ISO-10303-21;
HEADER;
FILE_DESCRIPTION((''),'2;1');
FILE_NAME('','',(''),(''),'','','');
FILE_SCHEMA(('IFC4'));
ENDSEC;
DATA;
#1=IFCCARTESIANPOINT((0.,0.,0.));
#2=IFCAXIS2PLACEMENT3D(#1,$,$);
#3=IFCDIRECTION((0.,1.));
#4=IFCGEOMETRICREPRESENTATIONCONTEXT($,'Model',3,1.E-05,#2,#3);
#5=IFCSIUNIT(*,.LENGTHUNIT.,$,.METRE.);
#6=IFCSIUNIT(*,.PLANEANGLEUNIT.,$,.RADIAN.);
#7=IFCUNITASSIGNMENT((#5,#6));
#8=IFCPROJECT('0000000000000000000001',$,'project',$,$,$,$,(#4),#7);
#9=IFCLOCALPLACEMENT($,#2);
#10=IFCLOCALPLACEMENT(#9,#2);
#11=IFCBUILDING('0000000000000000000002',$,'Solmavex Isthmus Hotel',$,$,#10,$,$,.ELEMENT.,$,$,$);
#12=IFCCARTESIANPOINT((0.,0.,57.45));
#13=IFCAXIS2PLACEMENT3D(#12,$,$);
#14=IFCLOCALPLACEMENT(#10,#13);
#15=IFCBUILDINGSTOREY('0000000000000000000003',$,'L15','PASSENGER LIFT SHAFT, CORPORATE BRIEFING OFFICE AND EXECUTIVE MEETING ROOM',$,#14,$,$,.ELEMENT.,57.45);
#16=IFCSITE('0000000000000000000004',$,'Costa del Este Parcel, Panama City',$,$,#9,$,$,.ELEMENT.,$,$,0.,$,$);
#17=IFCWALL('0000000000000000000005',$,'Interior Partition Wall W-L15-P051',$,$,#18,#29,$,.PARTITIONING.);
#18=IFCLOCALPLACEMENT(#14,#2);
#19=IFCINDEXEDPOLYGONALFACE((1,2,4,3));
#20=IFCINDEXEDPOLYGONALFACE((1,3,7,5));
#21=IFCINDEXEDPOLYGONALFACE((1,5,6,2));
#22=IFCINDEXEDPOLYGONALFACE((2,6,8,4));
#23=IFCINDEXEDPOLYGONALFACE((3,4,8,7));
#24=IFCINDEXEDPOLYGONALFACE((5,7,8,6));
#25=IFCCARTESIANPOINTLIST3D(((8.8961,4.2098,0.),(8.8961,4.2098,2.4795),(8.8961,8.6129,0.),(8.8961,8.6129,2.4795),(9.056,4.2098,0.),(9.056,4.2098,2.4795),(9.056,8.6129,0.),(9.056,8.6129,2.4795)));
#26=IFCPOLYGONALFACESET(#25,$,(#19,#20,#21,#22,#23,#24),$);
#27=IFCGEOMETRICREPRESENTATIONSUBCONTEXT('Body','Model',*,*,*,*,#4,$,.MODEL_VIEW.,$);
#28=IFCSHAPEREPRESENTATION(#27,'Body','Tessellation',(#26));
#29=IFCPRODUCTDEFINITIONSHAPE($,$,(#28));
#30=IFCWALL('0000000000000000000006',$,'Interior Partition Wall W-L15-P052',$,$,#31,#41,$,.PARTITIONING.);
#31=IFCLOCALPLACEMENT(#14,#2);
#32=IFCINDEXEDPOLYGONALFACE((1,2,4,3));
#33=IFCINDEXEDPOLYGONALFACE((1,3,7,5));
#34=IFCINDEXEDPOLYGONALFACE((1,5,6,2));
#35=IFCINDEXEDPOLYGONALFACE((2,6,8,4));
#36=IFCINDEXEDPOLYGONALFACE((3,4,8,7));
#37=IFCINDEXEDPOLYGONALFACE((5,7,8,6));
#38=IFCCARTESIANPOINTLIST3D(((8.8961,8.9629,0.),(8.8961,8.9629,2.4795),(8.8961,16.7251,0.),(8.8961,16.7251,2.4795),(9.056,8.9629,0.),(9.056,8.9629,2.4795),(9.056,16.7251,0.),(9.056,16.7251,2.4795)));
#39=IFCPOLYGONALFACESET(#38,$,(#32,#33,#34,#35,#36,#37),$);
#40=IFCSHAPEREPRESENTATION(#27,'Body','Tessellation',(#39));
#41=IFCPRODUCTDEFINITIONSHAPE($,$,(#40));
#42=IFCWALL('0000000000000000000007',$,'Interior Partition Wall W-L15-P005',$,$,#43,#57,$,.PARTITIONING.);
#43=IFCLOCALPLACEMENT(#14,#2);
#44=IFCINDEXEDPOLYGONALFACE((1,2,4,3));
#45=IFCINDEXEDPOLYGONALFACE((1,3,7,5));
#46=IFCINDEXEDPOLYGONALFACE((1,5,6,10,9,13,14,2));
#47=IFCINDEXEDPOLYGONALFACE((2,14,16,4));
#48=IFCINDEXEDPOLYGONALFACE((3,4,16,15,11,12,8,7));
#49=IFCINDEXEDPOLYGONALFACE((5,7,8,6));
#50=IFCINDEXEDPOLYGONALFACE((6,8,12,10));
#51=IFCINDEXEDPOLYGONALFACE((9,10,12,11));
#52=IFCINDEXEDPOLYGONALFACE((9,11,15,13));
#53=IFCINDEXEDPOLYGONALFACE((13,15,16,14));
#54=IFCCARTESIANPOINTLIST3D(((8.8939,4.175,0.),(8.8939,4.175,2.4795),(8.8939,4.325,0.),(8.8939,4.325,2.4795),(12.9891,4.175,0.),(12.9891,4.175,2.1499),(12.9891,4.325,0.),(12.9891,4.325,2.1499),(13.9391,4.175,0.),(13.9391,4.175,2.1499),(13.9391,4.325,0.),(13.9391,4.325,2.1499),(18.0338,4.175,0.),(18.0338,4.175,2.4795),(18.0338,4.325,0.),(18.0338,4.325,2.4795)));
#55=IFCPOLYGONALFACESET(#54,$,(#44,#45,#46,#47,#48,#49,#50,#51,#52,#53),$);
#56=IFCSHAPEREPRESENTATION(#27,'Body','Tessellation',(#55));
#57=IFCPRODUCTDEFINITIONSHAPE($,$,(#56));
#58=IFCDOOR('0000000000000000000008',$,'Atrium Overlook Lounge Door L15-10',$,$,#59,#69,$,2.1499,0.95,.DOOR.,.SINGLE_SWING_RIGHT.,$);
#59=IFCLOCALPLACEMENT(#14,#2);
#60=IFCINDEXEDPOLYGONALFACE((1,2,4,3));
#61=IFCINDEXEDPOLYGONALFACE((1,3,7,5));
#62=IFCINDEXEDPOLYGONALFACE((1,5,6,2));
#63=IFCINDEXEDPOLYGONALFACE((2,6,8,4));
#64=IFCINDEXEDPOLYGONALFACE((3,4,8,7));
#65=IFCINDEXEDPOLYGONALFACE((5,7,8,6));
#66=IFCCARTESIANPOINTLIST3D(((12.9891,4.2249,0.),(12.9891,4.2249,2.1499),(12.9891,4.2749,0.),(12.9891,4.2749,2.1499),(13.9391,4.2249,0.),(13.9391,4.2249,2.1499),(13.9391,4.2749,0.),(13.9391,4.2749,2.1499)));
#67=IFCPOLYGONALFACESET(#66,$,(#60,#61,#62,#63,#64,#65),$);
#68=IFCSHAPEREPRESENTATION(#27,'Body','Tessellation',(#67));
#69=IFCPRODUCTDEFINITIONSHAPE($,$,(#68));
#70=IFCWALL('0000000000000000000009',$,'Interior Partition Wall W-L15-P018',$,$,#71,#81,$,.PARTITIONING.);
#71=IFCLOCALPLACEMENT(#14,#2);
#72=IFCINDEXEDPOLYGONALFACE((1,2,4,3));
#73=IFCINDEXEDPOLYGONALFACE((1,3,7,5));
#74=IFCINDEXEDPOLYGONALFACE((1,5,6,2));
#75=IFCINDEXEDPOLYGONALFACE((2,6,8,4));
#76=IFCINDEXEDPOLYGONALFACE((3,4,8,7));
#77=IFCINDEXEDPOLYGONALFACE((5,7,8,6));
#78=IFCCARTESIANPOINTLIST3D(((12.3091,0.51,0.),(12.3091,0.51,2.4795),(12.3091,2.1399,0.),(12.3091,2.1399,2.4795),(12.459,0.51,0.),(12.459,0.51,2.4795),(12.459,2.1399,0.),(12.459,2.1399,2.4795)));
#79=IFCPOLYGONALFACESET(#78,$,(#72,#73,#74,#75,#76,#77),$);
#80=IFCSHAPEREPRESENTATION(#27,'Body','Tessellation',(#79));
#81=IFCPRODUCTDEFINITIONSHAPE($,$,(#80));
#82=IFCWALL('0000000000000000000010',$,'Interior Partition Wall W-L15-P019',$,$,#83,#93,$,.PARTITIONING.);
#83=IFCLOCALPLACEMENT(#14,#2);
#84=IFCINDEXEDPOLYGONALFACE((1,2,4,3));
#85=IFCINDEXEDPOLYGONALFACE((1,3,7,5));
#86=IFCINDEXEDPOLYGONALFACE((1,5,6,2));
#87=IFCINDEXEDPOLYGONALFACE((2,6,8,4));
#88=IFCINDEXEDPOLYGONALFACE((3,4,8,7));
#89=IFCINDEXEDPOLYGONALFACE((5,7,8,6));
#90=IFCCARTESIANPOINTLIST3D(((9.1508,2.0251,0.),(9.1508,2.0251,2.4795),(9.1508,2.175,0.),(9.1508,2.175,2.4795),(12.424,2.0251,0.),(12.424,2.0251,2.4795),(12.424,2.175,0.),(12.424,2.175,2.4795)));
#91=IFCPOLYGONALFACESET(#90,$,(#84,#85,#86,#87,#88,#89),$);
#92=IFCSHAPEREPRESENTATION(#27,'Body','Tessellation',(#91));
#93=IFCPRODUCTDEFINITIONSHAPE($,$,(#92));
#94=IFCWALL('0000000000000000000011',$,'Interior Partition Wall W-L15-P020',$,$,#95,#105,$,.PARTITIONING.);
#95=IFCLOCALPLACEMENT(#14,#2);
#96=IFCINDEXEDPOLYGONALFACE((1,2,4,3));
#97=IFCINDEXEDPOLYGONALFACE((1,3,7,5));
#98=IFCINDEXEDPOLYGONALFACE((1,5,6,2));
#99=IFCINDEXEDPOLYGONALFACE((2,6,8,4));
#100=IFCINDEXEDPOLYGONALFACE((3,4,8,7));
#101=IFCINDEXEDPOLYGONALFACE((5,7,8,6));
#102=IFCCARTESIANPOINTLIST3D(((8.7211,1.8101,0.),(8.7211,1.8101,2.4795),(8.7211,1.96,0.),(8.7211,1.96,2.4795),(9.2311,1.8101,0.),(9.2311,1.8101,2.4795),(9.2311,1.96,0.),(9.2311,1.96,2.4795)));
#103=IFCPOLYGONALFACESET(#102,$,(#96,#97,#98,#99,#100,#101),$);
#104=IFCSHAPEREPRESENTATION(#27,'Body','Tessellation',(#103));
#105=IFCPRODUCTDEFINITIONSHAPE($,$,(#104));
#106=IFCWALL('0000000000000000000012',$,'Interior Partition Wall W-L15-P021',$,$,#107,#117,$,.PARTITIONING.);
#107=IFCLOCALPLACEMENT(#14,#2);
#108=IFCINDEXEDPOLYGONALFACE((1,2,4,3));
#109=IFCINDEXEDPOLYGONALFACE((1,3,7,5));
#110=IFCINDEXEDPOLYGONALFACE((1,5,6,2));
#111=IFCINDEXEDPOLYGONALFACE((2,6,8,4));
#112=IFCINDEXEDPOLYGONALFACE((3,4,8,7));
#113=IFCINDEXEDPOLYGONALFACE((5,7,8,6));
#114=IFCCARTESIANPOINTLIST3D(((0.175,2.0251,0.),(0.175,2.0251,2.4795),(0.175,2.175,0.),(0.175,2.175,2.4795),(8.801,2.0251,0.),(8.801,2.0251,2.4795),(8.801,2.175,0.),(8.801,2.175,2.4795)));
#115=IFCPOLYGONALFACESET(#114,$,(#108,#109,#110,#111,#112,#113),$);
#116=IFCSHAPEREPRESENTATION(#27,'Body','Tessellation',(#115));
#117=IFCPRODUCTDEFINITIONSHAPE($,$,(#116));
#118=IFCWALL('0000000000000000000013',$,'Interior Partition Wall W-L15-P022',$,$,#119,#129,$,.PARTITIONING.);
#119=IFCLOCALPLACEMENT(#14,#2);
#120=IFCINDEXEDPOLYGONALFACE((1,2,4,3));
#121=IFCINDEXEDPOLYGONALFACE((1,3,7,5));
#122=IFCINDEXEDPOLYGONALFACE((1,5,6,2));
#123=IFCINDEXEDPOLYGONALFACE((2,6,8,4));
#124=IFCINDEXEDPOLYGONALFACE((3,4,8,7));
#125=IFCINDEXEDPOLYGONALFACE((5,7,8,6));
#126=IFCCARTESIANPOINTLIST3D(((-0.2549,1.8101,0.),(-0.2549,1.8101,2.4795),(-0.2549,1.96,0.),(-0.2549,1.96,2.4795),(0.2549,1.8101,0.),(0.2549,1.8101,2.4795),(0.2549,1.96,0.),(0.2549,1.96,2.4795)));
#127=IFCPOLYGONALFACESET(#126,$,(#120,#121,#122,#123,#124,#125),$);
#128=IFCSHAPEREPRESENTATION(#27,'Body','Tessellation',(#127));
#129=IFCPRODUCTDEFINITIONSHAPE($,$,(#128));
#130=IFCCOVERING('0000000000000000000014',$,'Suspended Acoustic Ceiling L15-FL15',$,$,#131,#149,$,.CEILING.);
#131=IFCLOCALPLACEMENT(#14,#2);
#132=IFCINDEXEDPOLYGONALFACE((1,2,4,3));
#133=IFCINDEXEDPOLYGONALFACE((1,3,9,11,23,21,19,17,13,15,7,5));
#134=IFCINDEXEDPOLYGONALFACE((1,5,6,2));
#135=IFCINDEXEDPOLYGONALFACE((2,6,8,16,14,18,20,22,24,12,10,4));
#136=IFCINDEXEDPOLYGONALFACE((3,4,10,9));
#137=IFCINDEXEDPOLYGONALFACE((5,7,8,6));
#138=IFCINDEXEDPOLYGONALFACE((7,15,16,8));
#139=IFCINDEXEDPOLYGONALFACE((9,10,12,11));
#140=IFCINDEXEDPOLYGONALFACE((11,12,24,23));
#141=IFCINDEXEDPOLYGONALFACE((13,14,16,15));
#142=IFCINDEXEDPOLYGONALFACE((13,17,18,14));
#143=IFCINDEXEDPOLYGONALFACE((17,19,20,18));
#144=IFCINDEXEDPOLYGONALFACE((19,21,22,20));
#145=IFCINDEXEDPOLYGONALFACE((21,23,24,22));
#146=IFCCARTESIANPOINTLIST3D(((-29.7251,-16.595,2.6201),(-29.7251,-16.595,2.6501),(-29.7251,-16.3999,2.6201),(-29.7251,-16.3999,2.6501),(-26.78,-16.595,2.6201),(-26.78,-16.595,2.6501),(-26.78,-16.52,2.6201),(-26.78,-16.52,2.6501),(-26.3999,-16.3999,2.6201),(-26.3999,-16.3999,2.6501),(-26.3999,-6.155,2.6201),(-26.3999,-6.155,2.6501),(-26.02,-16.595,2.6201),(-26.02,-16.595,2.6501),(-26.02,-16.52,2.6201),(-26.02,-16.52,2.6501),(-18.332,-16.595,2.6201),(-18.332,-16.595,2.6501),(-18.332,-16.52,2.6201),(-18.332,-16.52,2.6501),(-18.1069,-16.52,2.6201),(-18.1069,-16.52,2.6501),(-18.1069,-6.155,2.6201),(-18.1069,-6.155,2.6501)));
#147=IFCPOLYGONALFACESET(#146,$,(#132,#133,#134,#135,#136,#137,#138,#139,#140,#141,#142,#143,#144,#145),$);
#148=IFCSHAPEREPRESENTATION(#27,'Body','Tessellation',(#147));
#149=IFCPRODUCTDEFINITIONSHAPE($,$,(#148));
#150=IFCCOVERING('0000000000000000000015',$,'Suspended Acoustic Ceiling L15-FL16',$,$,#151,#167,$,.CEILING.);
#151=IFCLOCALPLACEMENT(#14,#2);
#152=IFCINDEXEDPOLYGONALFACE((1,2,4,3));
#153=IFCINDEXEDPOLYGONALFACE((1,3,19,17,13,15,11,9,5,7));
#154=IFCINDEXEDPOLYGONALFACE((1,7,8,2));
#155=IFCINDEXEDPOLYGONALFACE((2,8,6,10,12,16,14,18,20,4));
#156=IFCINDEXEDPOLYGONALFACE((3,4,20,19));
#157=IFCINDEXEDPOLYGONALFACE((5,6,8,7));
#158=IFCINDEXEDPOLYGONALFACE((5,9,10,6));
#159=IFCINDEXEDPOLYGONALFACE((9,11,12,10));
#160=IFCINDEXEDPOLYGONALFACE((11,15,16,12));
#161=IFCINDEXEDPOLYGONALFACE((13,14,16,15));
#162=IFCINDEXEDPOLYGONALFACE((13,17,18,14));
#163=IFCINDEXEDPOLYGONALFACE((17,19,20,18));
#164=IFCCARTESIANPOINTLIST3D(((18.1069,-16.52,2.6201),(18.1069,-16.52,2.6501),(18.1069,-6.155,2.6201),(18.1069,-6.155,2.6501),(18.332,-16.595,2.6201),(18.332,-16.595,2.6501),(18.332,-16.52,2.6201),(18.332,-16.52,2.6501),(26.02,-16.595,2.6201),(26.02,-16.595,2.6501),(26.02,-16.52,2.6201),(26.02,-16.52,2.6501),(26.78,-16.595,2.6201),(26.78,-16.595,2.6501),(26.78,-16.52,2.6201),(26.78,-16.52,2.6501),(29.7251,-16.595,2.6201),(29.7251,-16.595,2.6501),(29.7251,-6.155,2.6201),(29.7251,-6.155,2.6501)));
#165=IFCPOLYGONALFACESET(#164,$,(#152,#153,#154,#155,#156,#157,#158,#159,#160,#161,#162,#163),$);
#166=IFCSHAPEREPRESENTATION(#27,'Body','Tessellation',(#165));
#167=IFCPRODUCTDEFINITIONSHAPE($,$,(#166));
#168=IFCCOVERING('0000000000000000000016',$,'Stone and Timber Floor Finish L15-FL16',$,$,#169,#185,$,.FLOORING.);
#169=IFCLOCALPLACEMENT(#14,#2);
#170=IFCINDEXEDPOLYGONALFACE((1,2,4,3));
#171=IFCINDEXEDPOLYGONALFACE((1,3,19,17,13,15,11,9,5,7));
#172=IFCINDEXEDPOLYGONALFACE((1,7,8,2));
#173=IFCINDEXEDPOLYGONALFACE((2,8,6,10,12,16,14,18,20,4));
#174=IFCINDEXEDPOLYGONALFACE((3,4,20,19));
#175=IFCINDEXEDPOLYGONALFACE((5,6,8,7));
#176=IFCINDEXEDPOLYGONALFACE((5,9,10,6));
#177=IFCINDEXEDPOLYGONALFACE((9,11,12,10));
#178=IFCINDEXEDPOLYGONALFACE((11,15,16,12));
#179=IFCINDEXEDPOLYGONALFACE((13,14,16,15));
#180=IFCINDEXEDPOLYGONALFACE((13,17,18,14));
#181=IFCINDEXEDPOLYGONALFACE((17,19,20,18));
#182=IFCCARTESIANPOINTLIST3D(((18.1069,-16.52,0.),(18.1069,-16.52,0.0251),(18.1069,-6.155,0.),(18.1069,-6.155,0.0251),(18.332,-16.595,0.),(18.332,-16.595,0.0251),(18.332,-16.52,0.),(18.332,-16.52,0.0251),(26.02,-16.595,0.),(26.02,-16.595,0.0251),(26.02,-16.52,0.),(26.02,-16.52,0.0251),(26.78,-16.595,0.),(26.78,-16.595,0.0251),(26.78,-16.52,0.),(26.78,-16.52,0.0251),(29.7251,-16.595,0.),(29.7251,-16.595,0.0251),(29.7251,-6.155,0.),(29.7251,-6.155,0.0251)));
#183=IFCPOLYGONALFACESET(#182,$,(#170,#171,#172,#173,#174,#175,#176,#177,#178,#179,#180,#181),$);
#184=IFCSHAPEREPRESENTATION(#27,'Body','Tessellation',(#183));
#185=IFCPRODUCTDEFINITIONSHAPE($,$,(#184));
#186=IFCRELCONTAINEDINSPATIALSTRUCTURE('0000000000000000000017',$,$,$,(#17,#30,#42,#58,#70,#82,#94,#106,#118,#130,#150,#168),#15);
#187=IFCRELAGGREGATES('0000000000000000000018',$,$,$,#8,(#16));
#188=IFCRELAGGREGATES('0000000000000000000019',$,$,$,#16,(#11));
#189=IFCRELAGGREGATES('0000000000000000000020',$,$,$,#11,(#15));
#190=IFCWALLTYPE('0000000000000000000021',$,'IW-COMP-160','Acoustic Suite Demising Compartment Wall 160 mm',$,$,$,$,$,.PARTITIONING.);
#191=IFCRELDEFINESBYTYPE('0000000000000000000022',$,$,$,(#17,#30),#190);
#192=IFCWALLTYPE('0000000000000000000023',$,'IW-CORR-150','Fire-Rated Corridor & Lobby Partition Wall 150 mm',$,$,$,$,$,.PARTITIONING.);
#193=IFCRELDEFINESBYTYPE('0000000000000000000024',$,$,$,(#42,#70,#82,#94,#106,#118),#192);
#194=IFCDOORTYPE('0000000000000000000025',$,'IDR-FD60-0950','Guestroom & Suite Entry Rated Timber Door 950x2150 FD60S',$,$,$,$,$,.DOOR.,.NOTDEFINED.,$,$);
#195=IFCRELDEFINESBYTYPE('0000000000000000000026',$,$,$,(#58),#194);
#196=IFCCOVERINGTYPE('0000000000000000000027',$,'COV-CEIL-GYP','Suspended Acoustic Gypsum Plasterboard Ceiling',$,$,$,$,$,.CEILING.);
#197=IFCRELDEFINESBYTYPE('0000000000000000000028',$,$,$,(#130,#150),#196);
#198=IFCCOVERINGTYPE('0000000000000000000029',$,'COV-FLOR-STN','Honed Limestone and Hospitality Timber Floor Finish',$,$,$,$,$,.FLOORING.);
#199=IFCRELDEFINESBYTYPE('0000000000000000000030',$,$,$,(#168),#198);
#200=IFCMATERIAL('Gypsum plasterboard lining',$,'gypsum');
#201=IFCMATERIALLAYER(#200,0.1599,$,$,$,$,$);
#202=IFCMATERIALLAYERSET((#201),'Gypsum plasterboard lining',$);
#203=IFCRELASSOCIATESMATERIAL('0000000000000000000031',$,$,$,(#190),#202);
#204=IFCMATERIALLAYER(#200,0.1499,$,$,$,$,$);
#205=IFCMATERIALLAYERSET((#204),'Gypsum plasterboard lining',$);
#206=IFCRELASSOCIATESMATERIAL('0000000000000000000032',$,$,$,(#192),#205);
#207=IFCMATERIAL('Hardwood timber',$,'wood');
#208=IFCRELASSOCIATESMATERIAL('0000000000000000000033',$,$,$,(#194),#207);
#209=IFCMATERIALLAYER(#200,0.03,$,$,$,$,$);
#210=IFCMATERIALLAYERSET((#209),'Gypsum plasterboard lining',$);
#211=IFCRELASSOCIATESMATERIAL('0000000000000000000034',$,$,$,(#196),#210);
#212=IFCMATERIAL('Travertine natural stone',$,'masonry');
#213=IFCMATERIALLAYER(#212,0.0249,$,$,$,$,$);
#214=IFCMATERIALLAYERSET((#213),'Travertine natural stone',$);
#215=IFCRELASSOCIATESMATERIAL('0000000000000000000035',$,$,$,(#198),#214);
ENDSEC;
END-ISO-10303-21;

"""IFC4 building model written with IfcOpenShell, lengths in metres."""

from ifc_helpers import new_model, si_unit, direction, frame, frame_2d, origin, place, context, subcontext, project, spatial, polyline, rectangle, outline, extrude, material, layer, layer_set, type_object, element, fill, save


model = new_model("IFC4")

# Units and contexts
model_context = context("Model", 3, precision=1e-05, world=origin(), true_north=direction((0.0, 1.0)))
body_context = subcontext(model_context, "Body", "Model", "MODEL_VIEW")
ifc_project = project(units=[si_unit("LENGTHUNIT", "METRE"), si_unit("PLANEANGLEUNIT", "RADIAN")], contexts=[model_context])

# Site, building, storey
site_placement = place(None, origin())
site = spatial("IfcSite", under=ifc_project, at=site_placement, Name="Costa del Este Parcel, Panama City", CompositionType="ELEMENT", RefElevation=0.0)
building_placement = place(site_placement, origin())
building = spatial("IfcBuilding", under=site, at=building_placement, Name="Solmavex Isthmus Hotel", CompositionType="ELEMENT")
storey_placement = place(building_placement, frame((0.0, 0.0, 57.45)))
storey = spatial("IfcBuildingStorey", under=building, at=storey_placement, Name="L15", Description="PASSENGER LIFT SHAFT, CORPORATE BRIEFING OFFICE AND EXECUTIVE MEETING ROOM", CompositionType="ELEMENT", Elevation=57.45)

# Walls
ifc_material_1 = material(Name="Gypsum plasterboard lining", Category="gypsum")
ifc_layer_1 = layer(ifc_material_1, 0.1599)
ifc_layer_set_1 = layer_set([ifc_layer_1], Name="Gypsum plasterboard lining")
wall_type_1 = type_object("IfcWallType", Name="IW-COMP-160", Description="Acoustic Suite Demising Compartment Wall 160 mm", PredefinedType="PARTITIONING", material=ifc_layer_set_1)
wall_1_placement = place(storey_placement, frame((8.9761, 8.613, 0.0), z_axis=(0.0, 0.0, 1.0), x_axis=(0.0, -1.0, 0.0)))
element("IfcWall", 1, at=wall_1_placement, inside=storey, type_object=wall_type_1, Name="Interior Partition Wall W-L15-P051", PredefinedType="PARTITIONING", context=body_context, shape_type="SweptSolid", body=[
    extrude(rectangle(XDim=4.4031, YDim=0.1599, at=frame_2d((2.2017, 0.0))), origin(), (0.0, 0.0, 1.0), 2.4795),
])
wall_2_placement = place(storey_placement, frame((8.9761, 16.7251, 0.0), z_axis=(0.0, 0.0, 1.0), x_axis=(0.0, -1.0, 0.0)))
element("IfcWall", 2, at=wall_2_placement, inside=storey, type_object=wall_type_1, Name="Interior Partition Wall W-L15-P052", PredefinedType="PARTITIONING", context=body_context, shape_type="SweptSolid", body=[
    extrude(rectangle(XDim=7.7622, YDim=0.1599, at=frame_2d((3.8811, 0.0))), origin(), (0.0, 0.0, 1.0), 2.4795),
])

# Wall, opening, door
ifc_layer_2 = layer(ifc_material_1, 0.1499)
ifc_layer_set_2 = layer_set([ifc_layer_2], Name="Gypsum plasterboard lining")
wall_type_2 = type_object("IfcWallType", Name="IW-CORR-150", Description="Fire-Rated Corridor & Lobby Partition Wall 150 mm", PredefinedType="PARTITIONING", material=ifc_layer_set_2)
wall_3_placement = place(storey_placement, frame((8.894, 4.25, 0.0), z_axis=(0.0, 0.0, 1.0), x_axis=(1.0, 0.0, 0.0)))
wall_3 = element("IfcWall", 3, at=wall_3_placement, inside=storey, type_object=wall_type_2, Name="Interior Partition Wall W-L15-P005", PredefinedType="PARTITIONING", context=body_context, shape_type="SweptSolid", body=[
    extrude(rectangle(XDim=9.1399, YDim=0.1499, at=frame_2d((4.5698, 0.0))), origin(), (0.0, 0.0, 1.0), 2.4795),
])
opening_1_placement = place(wall_3_placement, frame((4.095, 0.0, 0.0)))
opening_1 = element("IfcOpeningElement", 4, at=opening_1_placement, cuts=wall_3, PredefinedType="OPENING", context=body_context, shape_type="SweptSolid", body=[
    extrude(rectangle(XDim=0.95, YDim=2.1499, at=frame_2d((0.4751, 1.075))), frame((0.0, 0.085, 0.0), z_axis=(0.0, -1.0, 0.0), x_axis=(1.0, 0.0, 0.0)), (0.0, 0.0, 1.0), 0.1699),
])
ifc_material_2 = material(Name="Hardwood timber", Category="wood")
door_type = type_object("IfcDoorType", Name="IDR-FD60-0950", Description="Guestroom & Suite Entry Rated Timber Door 950x2150 FD60S", OperationType="NOTDEFINED", PredefinedType="DOOR", material=ifc_material_2)
door_1_placement = place(opening_1_placement, origin())
door_1 = element("IfcDoor", 5, at=door_1_placement, inside=storey, type_object=door_type, Name="Atrium Overlook Lounge Door L15-10", OperationType="SINGLE_SWING_RIGHT", OverallHeight=2.1499, OverallWidth=0.95, PredefinedType="DOOR", context=body_context, shape_type="SweptSolid", body=[
    extrude(rectangle(XDim=0.95, YDim=2.1499, at=frame_2d((0.4751, 1.075))), frame((0.0, 0.0249, 0.0), z_axis=(0.0, -1.0, 0.0), x_axis=(1.0, 0.0, 0.0)), (0.0, 0.0, 1.0), 0.05),
])
fill(opening_1, door_1)

# Walls
wall_4_placement = place(storey_placement, frame((12.384, 0.51, 0.0), z_axis=(0.0, 0.0, 1.0), x_axis=(0.0, 1.0, 0.0)))
element("IfcWall", 6, at=wall_4_placement, inside=storey, type_object=wall_type_2, Name="Interior Partition Wall W-L15-P018", PredefinedType="PARTITIONING", context=body_context, shape_type="SweptSolid", body=[
    extrude(rectangle(XDim=1.6299, YDim=0.1499, at=frame_2d((0.8149, 0.0))), origin(), (0.0, 0.0, 1.0), 2.4795),
])
wall_5_placement = place(storey_placement, frame((12.4241, 2.1001, 0.0), z_axis=(0.0, 0.0, 1.0), x_axis=(-1.0, 0.0, 0.0)))
element("IfcWall", 7, at=wall_5_placement, inside=storey, type_object=wall_type_2, Name="Interior Partition Wall W-L15-P019", PredefinedType="PARTITIONING", context=body_context, shape_type="SweptSolid", body=[
    extrude(rectangle(XDim=3.2732, YDim=0.1499, at=frame_2d((1.6367, 0.0))), origin(), (0.0, 0.0, 1.0), 2.4795),
])
wall_6_placement = place(storey_placement, frame((9.231, 1.885, 0.0), z_axis=(0.0, 0.0, 1.0), x_axis=(-1.0, 0.0, 0.0)))
element("IfcWall", 8, at=wall_6_placement, inside=storey, type_object=wall_type_2, Name="Interior Partition Wall W-L15-P020", PredefinedType="PARTITIONING", context=body_context, shape_type="SweptSolid", body=[
    extrude(rectangle(XDim=0.51, YDim=0.1499, at=frame_2d((0.2549, 0.0))), origin(), (0.0, 0.0, 1.0), 2.4795),
])
wall_7_placement = place(storey_placement, frame((8.801, 2.1001, 0.0), z_axis=(0.0, 0.0, 1.0), x_axis=(-1.0, 0.0, 0.0)))
element("IfcWall", 9, at=wall_7_placement, inside=storey, type_object=wall_type_2, Name="Interior Partition Wall W-L15-P021", PredefinedType="PARTITIONING", context=body_context, shape_type="SweptSolid", body=[
    extrude(rectangle(XDim=8.626, YDim=0.1499, at=frame_2d((4.313, 0.0))), origin(), (0.0, 0.0, 1.0), 2.4795),
])
wall_8_placement = place(storey_placement, frame((0.2549, 1.885, 0.0), z_axis=(0.0, 0.0, 1.0), x_axis=(-1.0, 0.0, 0.0)))
element("IfcWall", 10, at=wall_8_placement, inside=storey, type_object=wall_type_2, Name="Interior Partition Wall W-L15-P022", PredefinedType="PARTITIONING", context=body_context, shape_type="SweptSolid", body=[
    extrude(rectangle(XDim=0.5098, YDim=0.1499, at=frame_2d((0.2549, 0.0))), origin(), (0.0, 0.0, 1.0), 2.4795),
])

# Coverings
ifc_layer_3 = layer(ifc_material_1, 0.03)
ifc_layer_set_3 = layer_set([ifc_layer_3], Name="Gypsum plasterboard lining")
covering_type_1 = type_object("IfcCoveringType", Name="COV-CEIL-GYP", Description="Suspended Acoustic Gypsum Plasterboard Ceiling", PredefinedType="CEILING", material=ifc_layer_set_3)
covering_1_placement = place(storey_placement, frame((0.0, 0.0, 2.6201)))
element("IfcCovering", 11, at=covering_1_placement, inside=storey, type_object=covering_type_1, Name="Suspended Acoustic Ceiling L15-FL15", PredefinedType="CEILING", context=body_context, shape_type="SweptSolid", body=[
    extrude(outline(polyline([(-26.78, -16.595), (-26.78, -16.52), (-26.02, -16.52), (-26.02, -16.595), (-18.332, -16.595), (-18.332, -16.52), (-18.1069, -16.52), (-18.1069, -6.155), (-26.3999, -6.155), (-26.3999, -16.3999), (-29.7251, -16.3999), (-29.7251, -16.595), (-26.78, -16.595)])), origin(), (0.0, 0.0, 1.0), 0.03),
])
covering_2_placement = place(storey_placement, frame((0.0, 0.0, 2.6201)))
element("IfcCovering", 12, at=covering_2_placement, inside=storey, type_object=covering_type_1, Name="Suspended Acoustic Ceiling L15-FL16", PredefinedType="CEILING", context=body_context, shape_type="SweptSolid", body=[
    extrude(outline(polyline([(18.1069, -16.52), (18.332, -16.52), (18.332, -16.595), (26.02, -16.595), (26.02, -16.52), (26.78, -16.52), (26.78, -16.595), (29.7251, -16.595), (29.7251, -6.155), (18.1069, -6.155), (18.1069, -16.52)])), origin(), (0.0, 0.0, 1.0), 0.03),
])
ifc_material_3 = material(Name="Travertine natural stone", Category="masonry")
ifc_layer_4 = layer(ifc_material_3, 0.0249)
ifc_layer_set_4 = layer_set([ifc_layer_4], Name="Travertine natural stone")
covering_type_2 = type_object("IfcCoveringType", Name="COV-FLOR-STN", Description="Honed Limestone and Hospitality Timber Floor Finish", PredefinedType="FLOORING", material=ifc_layer_set_4)
covering_3_placement = place(storey_placement, origin())
element("IfcCovering", 13, at=covering_3_placement, inside=storey, type_object=covering_type_2, Name="Stone and Timber Floor Finish L15-FL16", PredefinedType="FLOORING", context=body_context, shape_type="SweptSolid", body=[
    extrude(outline(polyline([(18.1069, -16.52), (18.332, -16.52), (18.332, -16.595), (26.02, -16.595), (26.02, -16.52), (26.78, -16.52), (26.78, -16.595), (29.7251, -16.595), (29.7251, -6.155), (18.1069, -6.155), (18.1069, -16.52)])), origin(), (0.0, 0.0, 1.0), 0.0251),
])

save(model, "model.ifc")
